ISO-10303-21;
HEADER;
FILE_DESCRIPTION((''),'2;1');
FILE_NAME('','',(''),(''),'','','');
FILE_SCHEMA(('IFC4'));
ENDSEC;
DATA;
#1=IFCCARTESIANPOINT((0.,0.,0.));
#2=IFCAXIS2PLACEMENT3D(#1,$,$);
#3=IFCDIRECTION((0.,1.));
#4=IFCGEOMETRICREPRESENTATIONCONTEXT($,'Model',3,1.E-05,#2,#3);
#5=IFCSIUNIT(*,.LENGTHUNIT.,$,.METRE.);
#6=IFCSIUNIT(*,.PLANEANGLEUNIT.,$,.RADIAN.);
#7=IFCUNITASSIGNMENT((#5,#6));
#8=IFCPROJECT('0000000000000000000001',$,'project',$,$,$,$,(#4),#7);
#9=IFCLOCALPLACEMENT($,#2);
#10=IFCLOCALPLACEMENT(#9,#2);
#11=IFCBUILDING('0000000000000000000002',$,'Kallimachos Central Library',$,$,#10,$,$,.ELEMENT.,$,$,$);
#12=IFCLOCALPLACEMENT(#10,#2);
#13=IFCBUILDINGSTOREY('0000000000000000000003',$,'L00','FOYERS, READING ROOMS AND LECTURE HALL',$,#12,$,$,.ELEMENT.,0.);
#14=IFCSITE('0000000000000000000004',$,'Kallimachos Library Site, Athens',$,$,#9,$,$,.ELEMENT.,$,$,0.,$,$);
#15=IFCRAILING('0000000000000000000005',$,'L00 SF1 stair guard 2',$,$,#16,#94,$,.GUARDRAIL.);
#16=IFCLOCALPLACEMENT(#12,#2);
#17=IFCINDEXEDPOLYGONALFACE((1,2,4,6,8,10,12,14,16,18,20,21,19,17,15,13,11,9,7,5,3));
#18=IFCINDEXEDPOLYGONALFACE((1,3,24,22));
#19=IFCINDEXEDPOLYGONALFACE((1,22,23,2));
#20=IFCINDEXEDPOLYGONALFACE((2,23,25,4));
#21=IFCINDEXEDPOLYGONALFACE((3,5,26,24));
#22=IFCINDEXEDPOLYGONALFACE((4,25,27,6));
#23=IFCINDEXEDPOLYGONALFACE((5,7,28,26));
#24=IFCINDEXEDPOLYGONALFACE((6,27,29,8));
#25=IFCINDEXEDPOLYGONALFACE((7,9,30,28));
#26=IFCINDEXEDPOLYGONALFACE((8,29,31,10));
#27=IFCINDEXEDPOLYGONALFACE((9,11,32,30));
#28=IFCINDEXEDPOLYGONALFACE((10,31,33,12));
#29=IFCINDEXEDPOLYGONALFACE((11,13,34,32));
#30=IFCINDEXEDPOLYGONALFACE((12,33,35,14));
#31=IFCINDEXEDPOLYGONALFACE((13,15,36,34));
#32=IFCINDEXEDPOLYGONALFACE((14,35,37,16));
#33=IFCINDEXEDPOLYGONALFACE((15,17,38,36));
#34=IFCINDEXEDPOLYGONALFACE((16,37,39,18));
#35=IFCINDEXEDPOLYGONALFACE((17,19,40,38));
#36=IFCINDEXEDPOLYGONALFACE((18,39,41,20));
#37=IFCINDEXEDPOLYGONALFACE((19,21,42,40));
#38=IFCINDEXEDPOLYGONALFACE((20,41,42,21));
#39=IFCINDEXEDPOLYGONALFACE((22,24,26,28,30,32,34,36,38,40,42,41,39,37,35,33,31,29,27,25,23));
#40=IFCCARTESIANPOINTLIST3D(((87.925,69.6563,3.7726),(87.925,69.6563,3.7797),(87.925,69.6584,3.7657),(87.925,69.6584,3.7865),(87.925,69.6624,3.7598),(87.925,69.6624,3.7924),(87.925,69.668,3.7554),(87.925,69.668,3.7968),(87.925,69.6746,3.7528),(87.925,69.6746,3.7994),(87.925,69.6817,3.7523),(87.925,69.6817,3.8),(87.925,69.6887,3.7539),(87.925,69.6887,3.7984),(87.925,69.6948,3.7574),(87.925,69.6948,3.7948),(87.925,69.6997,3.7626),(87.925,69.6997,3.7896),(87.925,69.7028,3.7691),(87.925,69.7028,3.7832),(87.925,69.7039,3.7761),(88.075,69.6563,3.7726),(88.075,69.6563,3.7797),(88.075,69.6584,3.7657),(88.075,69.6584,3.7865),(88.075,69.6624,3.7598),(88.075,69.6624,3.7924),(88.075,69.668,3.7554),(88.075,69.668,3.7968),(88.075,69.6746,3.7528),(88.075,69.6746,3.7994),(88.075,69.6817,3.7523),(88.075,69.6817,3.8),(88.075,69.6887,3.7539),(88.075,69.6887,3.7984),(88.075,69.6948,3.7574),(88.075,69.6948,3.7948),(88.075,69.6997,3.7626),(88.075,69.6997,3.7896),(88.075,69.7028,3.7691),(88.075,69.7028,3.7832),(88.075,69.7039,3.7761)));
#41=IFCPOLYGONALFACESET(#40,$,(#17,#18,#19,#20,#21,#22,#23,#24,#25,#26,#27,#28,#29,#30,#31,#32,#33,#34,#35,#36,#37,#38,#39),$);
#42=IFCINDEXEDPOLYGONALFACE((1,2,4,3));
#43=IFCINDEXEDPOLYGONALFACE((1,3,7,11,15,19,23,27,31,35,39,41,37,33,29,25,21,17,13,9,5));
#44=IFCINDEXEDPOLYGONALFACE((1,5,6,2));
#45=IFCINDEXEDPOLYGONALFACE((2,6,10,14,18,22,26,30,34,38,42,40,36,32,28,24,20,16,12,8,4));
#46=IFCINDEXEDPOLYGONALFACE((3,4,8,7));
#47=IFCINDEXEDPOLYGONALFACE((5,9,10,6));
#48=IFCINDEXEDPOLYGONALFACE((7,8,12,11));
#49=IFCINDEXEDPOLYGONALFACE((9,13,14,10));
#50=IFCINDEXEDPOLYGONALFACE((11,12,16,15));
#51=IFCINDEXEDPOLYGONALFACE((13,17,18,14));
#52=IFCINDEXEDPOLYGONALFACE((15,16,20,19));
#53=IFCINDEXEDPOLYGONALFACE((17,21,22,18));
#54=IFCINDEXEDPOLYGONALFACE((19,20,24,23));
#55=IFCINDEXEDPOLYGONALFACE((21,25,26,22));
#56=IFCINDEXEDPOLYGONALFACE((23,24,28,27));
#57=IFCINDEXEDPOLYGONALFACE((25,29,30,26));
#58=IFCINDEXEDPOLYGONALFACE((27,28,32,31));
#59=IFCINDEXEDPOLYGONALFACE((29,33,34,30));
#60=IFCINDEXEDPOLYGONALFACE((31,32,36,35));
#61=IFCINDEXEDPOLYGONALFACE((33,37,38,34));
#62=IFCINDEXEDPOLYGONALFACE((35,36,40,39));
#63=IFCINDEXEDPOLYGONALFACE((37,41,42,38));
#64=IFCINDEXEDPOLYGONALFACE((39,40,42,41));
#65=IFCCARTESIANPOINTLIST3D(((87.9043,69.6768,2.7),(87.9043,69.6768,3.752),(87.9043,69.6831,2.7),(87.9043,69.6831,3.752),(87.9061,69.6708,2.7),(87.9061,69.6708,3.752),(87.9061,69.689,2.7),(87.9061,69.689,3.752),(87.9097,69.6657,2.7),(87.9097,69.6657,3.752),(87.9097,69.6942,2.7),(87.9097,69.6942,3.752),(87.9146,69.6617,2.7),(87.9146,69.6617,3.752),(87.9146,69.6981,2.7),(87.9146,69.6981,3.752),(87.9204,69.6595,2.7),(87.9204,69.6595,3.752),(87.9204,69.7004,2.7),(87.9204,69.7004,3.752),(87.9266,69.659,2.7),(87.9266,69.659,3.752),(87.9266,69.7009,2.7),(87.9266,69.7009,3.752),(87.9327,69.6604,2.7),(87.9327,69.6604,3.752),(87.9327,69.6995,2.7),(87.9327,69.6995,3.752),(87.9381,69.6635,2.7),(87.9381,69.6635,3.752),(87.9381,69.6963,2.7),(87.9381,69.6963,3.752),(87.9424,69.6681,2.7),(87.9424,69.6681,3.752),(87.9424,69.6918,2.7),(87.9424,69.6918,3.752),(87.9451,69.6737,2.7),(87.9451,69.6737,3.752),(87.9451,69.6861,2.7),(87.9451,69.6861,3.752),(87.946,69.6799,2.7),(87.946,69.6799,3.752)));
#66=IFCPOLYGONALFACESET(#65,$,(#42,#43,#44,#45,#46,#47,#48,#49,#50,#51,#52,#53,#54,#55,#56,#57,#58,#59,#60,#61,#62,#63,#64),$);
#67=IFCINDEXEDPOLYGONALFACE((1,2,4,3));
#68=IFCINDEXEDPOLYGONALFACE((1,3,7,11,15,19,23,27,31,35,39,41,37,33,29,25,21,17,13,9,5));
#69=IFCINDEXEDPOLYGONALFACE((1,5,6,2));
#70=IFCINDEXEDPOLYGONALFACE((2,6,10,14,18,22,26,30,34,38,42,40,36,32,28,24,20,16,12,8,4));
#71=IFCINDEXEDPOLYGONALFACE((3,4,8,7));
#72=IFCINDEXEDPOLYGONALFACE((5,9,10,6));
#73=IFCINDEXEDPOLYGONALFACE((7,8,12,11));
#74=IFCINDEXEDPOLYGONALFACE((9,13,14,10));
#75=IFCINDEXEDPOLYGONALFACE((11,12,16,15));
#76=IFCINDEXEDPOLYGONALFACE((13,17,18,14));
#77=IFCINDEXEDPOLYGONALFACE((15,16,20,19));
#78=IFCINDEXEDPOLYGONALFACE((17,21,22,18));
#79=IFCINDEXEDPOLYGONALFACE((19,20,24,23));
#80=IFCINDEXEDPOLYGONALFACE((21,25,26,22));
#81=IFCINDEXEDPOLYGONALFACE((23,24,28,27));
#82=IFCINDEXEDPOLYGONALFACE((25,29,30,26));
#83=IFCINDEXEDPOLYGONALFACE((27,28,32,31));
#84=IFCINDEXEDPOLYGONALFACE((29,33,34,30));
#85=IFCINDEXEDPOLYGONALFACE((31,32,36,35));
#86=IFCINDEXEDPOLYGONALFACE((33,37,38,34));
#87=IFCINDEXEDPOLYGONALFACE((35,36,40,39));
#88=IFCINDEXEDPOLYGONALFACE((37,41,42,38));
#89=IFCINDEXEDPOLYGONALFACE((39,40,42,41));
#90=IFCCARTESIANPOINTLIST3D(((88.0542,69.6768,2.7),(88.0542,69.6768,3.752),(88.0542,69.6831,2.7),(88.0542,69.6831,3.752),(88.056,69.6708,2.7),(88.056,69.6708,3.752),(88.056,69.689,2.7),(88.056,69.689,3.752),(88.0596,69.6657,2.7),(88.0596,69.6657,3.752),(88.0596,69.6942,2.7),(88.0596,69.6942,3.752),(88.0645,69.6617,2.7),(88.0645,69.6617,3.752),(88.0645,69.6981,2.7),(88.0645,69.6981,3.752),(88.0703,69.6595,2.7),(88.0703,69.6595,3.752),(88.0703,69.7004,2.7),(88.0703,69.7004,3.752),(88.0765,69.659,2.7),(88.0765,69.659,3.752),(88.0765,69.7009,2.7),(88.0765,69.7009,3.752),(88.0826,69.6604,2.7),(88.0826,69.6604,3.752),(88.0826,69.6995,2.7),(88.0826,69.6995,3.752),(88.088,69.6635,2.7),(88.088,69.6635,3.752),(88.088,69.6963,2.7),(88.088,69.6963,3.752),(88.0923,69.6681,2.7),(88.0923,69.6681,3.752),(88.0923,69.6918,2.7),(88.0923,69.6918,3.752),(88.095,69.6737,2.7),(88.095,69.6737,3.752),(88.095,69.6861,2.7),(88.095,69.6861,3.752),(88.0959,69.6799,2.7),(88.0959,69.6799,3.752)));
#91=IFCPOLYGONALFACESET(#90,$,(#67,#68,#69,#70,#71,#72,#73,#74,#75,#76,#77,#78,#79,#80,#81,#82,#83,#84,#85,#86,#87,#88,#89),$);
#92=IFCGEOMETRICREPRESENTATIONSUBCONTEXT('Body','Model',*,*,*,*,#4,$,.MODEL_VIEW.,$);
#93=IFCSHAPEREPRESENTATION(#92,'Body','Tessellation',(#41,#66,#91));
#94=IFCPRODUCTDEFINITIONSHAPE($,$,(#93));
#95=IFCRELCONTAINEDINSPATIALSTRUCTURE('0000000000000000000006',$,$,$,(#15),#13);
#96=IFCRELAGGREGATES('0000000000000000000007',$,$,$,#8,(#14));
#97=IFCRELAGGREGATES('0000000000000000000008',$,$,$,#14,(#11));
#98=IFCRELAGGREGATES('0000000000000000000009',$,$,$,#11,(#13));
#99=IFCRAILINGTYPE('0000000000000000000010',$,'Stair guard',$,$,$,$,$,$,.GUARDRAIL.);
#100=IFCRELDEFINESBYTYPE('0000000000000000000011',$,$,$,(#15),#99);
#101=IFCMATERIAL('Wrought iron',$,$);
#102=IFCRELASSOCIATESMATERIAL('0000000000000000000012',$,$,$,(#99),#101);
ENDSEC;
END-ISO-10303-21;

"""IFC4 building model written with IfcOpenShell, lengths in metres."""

from ifc_helpers import new_model, si_unit, direction, frame, origin, origin_2d, place, context, subcontext, project, spatial, circle, extrude, material, type_object, element, save


model = new_model("IFC4")

# Units and contexts
model_context = context("Model", 3, precision=1e-05, world=origin(), true_north=direction((0.0, 1.0)))
body_context = subcontext(model_context, "Body", "Model", "MODEL_VIEW")
ifc_project = project(units=[si_unit("LENGTHUNIT", "METRE"), si_unit("PLANEANGLEUNIT", "RADIAN")], contexts=[model_context])

# Site, building, storey
site_placement = place(None, origin())
site = spatial("IfcSite", under=ifc_project, at=site_placement, Name="Kallimachos Library Site, Athens", CompositionType="ELEMENT", RefElevation=0.0)
building_placement = place(site_placement, origin())
building = spatial("IfcBuilding", under=site, at=building_placement, Name="Kallimachos Central Library", CompositionType="ELEMENT")
storey_placement = place(building_placement, origin())
storey = spatial("IfcBuildingStorey", under=building, at=storey_placement, Name="L00", Description="FOYERS, READING ROOMS AND LECTURE HALL", CompositionType="ELEMENT", Elevation=0.0)

# Railing
ifc_material_1 = material(Name="Wrought iron")
railing_type_1 = type_object("IfcRailingType", Name="Stair guard", PredefinedType="GUARDRAIL", material=ifc_material_1)
railing_1_placement = place(storey_placement, frame((87.925, 69.6799, 2.7)))
element("IfcRailing", 1, at=railing_1_placement, inside=storey, type_object=railing_type_1, Name="L00 SF1 stair guard 2", PredefinedType="GUARDRAIL", context=body_context, shape_type="SweptSolid", body=[
    extrude(circle(Radius=0.0239, at=origin_2d()), frame((0.0, 0.0, 1.0762), z_axis=(1.0, 0.0, 0.0), x_axis=(0.0, 1.0, 0.0)), (0.0, 0.0, 1.0), 0.1499),
    extrude(circle(Radius=0.021, at=origin_2d()), origin(), (0.0, 0.0, 1.0), 1.052),
    extrude(circle(Radius=0.021, at=origin_2d()), frame((0.1499, 0.0, 0.0)), (0.0, 0.0, 1.0), 1.052),
])

save(model, "model.ifc")
